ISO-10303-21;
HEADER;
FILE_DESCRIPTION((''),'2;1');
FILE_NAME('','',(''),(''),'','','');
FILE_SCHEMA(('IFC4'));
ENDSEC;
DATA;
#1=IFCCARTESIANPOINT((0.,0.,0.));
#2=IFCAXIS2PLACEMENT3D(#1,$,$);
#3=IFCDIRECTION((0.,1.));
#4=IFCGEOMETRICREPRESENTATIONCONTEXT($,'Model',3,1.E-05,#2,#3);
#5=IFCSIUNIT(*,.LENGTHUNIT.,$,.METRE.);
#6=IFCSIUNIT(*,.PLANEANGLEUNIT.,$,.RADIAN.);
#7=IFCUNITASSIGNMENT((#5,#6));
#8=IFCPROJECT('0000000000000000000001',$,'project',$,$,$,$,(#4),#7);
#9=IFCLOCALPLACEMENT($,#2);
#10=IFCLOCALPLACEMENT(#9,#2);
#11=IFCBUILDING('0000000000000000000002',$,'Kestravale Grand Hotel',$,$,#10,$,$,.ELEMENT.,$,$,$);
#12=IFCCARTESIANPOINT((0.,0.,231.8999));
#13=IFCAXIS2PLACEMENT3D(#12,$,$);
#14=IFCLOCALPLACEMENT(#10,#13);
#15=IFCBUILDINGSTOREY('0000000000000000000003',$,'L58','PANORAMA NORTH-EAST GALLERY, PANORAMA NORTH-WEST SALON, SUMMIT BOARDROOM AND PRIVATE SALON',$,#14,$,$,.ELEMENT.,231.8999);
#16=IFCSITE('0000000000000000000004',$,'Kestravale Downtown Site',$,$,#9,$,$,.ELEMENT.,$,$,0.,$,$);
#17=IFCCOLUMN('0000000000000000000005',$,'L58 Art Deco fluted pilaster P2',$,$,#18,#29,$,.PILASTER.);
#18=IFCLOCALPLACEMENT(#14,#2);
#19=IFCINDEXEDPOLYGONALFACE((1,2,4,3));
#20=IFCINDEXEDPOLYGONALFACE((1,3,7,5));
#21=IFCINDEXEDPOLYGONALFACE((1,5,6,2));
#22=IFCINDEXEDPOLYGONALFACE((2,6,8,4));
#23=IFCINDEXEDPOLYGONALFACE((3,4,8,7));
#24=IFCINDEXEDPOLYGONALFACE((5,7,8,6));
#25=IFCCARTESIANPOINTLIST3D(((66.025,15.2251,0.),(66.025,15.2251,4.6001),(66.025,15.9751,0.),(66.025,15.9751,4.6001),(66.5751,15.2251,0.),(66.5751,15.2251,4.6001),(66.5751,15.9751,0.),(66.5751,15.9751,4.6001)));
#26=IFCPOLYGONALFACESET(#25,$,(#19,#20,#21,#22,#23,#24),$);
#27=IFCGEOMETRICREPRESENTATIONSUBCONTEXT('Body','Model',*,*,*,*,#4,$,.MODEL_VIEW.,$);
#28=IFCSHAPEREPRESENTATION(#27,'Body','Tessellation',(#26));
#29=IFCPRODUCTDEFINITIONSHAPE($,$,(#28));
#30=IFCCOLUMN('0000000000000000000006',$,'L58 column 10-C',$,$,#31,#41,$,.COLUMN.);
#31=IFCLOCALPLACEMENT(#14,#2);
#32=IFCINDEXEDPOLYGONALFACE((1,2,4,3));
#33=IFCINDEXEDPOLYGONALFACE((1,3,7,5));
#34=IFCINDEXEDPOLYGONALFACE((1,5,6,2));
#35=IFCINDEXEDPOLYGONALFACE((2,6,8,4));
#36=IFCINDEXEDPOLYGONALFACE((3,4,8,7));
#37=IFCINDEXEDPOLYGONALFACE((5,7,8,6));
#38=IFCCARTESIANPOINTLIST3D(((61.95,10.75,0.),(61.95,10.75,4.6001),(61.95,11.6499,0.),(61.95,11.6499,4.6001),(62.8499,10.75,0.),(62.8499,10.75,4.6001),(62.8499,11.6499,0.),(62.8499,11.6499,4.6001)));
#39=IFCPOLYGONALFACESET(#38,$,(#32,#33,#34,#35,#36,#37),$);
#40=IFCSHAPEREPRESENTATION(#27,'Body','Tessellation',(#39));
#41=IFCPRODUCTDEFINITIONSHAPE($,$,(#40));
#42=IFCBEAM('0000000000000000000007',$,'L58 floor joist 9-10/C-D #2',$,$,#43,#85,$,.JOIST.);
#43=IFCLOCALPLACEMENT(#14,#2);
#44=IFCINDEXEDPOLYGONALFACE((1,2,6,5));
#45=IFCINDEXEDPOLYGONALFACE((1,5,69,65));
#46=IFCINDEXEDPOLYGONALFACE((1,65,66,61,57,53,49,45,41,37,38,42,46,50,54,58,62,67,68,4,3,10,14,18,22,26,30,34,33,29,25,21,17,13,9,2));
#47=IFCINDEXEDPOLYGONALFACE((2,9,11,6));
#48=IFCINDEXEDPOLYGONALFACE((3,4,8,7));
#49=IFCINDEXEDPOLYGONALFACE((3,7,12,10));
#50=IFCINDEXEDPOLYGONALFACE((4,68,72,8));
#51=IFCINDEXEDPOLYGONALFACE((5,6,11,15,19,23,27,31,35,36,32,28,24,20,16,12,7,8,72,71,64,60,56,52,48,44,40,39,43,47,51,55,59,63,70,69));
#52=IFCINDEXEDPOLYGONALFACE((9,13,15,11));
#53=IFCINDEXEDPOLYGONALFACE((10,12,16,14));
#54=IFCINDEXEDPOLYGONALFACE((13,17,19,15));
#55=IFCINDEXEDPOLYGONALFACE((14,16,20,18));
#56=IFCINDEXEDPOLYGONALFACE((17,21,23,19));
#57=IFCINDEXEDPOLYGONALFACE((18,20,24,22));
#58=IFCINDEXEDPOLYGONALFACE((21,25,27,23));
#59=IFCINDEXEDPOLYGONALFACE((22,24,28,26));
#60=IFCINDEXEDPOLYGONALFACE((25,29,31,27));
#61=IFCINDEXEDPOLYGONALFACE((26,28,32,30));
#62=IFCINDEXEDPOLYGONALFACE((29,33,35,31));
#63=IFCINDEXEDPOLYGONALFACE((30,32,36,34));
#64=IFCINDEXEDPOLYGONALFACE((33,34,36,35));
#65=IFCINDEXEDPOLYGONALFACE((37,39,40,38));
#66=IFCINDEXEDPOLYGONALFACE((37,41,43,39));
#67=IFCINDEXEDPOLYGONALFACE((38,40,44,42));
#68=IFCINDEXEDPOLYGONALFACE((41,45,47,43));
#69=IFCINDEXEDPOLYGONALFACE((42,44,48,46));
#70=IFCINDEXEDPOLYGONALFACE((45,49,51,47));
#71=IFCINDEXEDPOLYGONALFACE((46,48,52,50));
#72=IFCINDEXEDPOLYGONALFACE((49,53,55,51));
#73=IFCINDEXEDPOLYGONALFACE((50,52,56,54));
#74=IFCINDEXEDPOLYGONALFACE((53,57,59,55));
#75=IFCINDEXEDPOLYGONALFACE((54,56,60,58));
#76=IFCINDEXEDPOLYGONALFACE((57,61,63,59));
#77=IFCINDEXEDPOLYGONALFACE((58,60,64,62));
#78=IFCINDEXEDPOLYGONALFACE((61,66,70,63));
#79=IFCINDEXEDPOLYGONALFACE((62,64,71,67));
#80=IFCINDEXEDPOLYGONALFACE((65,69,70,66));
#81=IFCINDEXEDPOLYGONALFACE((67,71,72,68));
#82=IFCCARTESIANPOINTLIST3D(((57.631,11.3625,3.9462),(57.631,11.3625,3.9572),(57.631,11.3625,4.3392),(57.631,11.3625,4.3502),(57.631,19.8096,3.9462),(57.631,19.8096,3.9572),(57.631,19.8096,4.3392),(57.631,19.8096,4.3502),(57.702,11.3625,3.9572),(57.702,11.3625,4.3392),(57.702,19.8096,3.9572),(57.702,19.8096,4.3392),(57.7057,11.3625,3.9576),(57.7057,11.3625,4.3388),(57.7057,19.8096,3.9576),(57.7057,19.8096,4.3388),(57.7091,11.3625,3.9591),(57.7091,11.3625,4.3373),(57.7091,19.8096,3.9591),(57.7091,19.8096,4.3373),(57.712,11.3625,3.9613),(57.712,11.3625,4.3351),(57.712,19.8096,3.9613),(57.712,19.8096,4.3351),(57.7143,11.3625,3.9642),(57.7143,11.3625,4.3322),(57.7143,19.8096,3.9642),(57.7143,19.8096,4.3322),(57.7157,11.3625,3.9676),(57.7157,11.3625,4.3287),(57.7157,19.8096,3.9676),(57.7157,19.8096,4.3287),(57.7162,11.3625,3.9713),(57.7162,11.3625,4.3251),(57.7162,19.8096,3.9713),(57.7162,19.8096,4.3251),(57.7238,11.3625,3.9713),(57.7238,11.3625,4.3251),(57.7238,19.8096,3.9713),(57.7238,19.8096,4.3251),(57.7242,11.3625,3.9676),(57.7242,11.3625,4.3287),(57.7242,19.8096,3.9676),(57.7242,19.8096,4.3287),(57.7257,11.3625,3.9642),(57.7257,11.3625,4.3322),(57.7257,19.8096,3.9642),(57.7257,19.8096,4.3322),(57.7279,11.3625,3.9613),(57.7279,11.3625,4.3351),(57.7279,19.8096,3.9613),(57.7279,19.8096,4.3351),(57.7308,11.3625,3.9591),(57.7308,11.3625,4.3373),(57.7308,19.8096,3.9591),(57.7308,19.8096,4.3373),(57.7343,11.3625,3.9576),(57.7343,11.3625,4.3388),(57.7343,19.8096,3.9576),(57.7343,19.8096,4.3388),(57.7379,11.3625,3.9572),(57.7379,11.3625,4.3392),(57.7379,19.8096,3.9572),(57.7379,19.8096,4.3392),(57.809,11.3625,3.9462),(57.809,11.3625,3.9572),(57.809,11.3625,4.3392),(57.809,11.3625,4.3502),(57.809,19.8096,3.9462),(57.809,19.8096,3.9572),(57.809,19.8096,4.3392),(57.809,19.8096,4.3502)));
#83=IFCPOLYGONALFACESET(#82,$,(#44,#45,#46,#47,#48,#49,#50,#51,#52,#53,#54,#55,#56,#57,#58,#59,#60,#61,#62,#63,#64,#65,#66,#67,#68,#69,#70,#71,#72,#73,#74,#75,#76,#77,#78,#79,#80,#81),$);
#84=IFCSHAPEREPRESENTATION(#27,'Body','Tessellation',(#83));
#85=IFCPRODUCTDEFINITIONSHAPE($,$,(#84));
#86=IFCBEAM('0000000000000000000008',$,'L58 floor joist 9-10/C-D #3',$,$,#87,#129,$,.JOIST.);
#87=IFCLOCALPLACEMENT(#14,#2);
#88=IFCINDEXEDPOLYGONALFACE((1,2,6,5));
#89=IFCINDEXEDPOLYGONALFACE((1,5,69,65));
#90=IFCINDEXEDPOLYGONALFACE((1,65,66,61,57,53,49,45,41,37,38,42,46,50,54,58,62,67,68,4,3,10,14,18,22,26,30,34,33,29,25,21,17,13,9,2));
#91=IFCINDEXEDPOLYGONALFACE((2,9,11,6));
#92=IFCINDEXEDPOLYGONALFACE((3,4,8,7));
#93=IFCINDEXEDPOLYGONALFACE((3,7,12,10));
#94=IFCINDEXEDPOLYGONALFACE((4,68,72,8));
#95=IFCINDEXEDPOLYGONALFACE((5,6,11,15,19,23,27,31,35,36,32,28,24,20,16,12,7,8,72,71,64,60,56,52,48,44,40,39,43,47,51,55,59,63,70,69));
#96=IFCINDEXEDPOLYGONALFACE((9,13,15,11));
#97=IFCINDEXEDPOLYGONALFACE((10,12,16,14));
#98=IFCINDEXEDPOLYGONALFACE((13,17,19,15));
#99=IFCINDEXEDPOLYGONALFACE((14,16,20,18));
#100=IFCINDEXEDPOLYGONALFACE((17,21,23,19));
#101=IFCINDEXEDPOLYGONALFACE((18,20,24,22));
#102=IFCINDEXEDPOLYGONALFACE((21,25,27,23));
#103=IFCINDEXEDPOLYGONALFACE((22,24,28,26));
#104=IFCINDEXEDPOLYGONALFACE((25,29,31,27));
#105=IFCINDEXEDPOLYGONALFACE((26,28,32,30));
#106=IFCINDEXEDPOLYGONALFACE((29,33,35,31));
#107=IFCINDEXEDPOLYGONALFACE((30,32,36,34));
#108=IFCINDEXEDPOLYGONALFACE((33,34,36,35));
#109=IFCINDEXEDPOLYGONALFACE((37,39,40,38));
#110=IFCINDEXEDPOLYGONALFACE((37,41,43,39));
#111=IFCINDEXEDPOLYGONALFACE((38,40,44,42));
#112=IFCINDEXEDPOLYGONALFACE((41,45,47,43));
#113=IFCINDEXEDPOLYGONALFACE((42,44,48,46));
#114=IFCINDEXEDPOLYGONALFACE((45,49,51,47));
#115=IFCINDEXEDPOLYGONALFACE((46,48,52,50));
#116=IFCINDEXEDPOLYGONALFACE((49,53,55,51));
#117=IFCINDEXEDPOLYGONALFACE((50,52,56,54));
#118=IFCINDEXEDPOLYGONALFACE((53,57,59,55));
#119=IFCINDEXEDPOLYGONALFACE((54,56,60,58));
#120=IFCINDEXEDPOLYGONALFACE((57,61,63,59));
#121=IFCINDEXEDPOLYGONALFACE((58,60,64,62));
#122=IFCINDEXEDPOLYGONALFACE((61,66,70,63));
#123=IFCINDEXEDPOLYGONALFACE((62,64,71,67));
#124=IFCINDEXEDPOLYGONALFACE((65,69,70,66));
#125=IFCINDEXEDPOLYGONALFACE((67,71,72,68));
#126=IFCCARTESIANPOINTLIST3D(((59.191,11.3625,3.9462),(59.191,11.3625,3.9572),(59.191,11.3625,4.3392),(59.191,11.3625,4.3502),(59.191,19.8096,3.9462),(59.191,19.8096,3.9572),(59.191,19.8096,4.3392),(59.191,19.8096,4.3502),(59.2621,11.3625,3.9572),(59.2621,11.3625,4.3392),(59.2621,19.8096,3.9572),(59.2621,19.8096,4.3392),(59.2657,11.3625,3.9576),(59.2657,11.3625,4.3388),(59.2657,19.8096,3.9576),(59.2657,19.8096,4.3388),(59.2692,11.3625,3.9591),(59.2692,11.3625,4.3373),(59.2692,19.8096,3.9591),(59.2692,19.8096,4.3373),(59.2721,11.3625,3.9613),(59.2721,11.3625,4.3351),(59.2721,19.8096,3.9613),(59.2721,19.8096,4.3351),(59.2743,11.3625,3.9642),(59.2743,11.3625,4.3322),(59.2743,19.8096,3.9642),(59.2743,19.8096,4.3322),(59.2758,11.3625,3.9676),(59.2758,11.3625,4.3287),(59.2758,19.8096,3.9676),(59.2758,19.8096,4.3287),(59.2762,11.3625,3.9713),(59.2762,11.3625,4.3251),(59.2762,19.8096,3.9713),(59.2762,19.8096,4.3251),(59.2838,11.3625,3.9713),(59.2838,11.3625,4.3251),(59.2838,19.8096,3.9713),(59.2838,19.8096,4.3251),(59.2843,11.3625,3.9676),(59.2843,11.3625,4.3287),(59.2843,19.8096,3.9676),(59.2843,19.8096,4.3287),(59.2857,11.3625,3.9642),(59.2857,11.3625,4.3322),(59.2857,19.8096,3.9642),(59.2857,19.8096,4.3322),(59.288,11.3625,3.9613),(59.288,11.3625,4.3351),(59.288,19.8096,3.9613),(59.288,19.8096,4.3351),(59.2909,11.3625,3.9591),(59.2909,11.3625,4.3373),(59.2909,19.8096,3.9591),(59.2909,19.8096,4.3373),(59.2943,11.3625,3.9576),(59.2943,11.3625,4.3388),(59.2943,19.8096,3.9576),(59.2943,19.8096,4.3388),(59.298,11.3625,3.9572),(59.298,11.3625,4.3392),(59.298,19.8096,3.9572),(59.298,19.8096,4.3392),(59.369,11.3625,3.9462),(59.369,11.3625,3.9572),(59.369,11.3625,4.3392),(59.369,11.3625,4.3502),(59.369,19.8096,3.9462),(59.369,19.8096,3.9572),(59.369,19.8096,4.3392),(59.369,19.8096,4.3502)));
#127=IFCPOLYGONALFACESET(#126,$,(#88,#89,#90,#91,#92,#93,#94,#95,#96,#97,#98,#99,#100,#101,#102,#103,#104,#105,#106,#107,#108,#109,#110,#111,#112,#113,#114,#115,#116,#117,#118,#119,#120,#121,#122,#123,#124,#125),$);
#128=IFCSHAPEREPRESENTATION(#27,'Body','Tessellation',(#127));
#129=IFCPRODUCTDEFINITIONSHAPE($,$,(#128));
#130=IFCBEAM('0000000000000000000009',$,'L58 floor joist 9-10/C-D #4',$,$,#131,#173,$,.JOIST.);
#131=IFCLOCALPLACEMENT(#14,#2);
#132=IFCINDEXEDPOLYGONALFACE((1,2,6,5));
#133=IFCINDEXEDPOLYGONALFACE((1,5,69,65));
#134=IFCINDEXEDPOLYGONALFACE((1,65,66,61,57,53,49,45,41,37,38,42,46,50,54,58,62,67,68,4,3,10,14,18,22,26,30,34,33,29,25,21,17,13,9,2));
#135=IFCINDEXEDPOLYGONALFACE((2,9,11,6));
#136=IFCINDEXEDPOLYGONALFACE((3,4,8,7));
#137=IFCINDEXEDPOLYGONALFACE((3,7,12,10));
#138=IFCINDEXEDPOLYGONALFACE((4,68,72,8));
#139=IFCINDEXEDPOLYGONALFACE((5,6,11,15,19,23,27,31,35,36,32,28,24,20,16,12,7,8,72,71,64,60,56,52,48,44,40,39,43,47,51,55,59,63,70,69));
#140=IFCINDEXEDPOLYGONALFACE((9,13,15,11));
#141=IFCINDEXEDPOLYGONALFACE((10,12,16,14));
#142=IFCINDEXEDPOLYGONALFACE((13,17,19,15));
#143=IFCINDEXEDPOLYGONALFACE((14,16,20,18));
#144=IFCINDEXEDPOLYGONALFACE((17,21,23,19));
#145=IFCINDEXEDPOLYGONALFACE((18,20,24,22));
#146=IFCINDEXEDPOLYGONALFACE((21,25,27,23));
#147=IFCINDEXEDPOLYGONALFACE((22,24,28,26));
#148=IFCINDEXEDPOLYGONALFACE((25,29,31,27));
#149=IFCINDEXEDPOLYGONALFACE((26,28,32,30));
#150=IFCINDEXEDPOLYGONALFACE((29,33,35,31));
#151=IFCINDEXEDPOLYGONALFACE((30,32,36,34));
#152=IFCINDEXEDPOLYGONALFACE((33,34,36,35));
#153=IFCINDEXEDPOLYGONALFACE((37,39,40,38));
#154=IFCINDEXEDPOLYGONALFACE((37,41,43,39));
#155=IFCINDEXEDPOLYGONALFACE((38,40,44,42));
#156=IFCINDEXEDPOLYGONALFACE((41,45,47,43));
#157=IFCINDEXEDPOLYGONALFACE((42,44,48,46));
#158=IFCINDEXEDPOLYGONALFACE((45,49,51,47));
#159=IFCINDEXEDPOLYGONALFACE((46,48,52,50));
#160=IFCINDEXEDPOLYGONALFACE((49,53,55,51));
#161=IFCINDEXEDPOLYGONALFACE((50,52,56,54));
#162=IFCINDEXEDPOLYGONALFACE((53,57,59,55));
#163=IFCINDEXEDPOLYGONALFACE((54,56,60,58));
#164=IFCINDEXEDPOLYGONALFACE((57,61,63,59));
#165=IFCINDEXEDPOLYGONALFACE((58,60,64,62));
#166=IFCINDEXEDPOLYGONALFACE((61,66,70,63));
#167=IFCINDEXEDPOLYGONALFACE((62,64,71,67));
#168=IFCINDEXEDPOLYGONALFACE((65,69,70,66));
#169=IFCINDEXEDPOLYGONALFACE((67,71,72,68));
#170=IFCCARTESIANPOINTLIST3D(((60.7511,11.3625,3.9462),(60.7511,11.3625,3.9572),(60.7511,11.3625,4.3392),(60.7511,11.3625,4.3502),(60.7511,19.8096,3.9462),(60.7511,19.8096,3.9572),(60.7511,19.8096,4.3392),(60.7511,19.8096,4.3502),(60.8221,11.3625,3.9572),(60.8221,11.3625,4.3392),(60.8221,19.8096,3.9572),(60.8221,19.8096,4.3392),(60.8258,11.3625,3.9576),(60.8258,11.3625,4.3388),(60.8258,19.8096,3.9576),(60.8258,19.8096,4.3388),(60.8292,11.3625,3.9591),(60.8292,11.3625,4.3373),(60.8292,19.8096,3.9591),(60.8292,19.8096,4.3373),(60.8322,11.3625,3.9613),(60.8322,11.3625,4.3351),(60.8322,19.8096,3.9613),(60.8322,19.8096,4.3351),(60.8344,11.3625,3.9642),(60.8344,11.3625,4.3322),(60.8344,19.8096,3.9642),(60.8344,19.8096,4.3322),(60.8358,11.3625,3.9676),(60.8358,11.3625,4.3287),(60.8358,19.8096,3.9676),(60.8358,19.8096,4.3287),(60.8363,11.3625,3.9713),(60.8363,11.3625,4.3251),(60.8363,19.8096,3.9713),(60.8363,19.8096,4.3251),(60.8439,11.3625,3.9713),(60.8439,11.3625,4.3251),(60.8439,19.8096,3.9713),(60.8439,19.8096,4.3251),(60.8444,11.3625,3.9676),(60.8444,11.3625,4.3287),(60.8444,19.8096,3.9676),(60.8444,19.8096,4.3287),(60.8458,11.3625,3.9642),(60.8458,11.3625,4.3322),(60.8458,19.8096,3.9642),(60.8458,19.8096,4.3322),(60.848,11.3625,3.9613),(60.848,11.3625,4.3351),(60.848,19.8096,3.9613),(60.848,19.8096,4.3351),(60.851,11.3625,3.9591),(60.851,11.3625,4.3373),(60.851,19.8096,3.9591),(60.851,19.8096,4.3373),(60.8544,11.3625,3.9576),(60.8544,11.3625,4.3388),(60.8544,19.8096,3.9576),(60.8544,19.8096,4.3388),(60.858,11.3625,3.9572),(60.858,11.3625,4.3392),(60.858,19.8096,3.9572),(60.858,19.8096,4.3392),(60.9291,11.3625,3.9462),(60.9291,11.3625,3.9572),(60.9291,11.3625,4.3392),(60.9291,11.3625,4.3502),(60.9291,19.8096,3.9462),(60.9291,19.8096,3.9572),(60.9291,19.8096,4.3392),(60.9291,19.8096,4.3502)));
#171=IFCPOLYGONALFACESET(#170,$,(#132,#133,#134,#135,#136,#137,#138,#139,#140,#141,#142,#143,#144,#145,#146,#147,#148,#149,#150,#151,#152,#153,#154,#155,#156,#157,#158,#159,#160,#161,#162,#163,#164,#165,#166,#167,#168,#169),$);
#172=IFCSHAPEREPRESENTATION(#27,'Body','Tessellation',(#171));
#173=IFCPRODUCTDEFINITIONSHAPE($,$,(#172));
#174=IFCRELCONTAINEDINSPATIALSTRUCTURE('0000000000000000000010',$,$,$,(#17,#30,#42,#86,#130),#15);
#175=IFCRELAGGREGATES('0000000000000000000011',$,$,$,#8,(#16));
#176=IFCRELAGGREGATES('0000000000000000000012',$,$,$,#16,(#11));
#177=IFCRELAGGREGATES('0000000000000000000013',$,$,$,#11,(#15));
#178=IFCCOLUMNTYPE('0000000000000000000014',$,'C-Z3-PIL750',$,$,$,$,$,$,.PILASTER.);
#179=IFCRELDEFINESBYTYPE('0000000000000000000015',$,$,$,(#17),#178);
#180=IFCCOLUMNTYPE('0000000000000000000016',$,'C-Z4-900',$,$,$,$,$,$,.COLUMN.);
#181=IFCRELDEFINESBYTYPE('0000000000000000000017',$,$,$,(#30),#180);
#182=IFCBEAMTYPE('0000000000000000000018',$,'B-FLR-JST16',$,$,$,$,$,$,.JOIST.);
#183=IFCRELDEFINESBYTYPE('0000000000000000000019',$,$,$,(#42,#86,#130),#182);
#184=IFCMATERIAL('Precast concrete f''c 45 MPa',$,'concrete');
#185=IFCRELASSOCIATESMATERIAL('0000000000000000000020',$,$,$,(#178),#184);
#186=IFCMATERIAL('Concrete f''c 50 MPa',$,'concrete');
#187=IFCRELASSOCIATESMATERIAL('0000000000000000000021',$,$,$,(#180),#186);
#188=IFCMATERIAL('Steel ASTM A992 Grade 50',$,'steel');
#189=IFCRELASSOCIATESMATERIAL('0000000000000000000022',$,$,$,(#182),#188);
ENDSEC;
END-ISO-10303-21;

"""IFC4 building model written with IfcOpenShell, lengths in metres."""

from ifc_helpers import new_model, si_unit, direction, frame, origin, origin_2d, place, context, subcontext, project, spatial, rectangle, i_section, extrude, material, material_profile, profile_set, type_object, element, save


model = new_model("IFC4")

# Units and contexts
model_context = context("Model", 3, precision=1e-05, world=origin(), true_north=direction((0.0, 1.0)))
body_context = subcontext(model_context, "Body", "Model", "MODEL_VIEW")
ifc_project = project(units=[si_unit("LENGTHUNIT", "METRE"), si_unit("PLANEANGLEUNIT", "RADIAN")], contexts=[model_context])

# Site, building, storey
site_placement = place(None, origin())
site = spatial("IfcSite", under=ifc_project, at=site_placement, Name="Kestravale Downtown Site", CompositionType="ELEMENT", RefElevation=0.0)
building_placement = place(site_placement, origin())
building = spatial("IfcBuilding", under=site, at=building_placement, Name="Kestravale Grand Hotel", CompositionType="ELEMENT")
storey_placement = place(building_placement, frame((0.0, 0.0, 231.8999)))
storey = spatial("IfcBuildingStorey", under=building, at=storey_placement, Name="L58", Description="PANORAMA NORTH-EAST GALLERY, PANORAMA NORTH-WEST SALON, SUMMIT BOARDROOM AND PRIVATE SALON", CompositionType="ELEMENT", Elevation=231.8999)

# Columns
ifc_material_1 = material(Name="Precast concrete f'c 45 MPa", Category="concrete")
ifc_material_profile_1 = material_profile(ifc_material_1, rectangle(XDim=0.55, YDim=0.75, at=origin_2d()))
ifc_profile_set_1 = profile_set([ifc_material_profile_1], Name="Precast concrete f'c 45 MPa")
column_type_1 = type_object("IfcColumnType", Name="C-Z3-PIL750", PredefinedType="PILASTER", material=ifc_profile_set_1)
column_1_placement = place(storey_placement, frame((66.3, 15.6001, 0.0), z_axis=(0.0, 0.0, 1.0), x_axis=(1.0, 0.0, 0.0)))
element("IfcColumn", 1, at=column_1_placement, inside=storey, type_object=column_type_1, Name="L58 Art Deco fluted pilaster P2", PredefinedType="PILASTER", context=body_context, shape_type="SweptSolid", body=[
    extrude(rectangle(XDim=0.55, YDim=0.75, at=origin_2d()), origin(), (0.0, 0.0, 1.0), 4.6001),
])
ifc_material_2 = material(Name="Concrete f'c 50 MPa", Category="concrete")
ifc_material_profile_2 = material_profile(ifc_material_2, rectangle(XDim=0.8999, YDim=0.8999, at=origin_2d()))
ifc_profile_set_2 = profile_set([ifc_material_profile_2], Name="Concrete f'c 50 MPa")
column_type_2 = type_object("IfcColumnType", Name="C-Z4-900", PredefinedType="COLUMN", material=ifc_profile_set_2)
column_2_placement = place(storey_placement, frame((62.3999, 11.2, 0.0), z_axis=(0.0, 0.0, 1.0), x_axis=(1.0, 0.0, 0.0)))
element("IfcColumn", 2, at=column_2_placement, inside=storey, type_object=column_type_2, Name="L58 column 10-C", PredefinedType="COLUMN", context=body_context, shape_type="SweptSolid", body=[
    extrude(rectangle(XDim=0.8999, YDim=0.8999, at=origin_2d()), origin(), (0.0, 0.0, 1.0), 4.6001),
])

# Beams
ifc_material_3 = material(Name="Steel ASTM A992 Grade 50", Category="steel")
ifc_material_profile_3 = material_profile(ifc_material_3, i_section(OverallWidth=0.178, OverallDepth=0.4041, WebThickness=0.0076, FlangeThickness=0.011, FilletRadius=0.0142, at=origin_2d()))
ifc_profile_set_3 = profile_set([ifc_material_profile_3], Name="Steel ASTM A992 Grade 50")
beam_type_1 = type_object("IfcBeamType", Name="B-FLR-JST16", PredefinedType="JOIST", material=ifc_profile_set_3)
for number, where, z_axis, x_axis, name in (
    (3, (57.72, 11.3625, 4.1482), (0.0, 1.0, 0.0), (-1.0, 0.0, 0.0), "L58 floor joist 9-10/C-D #2"),
    (4, (59.28, 11.3625, 4.1482), (0.0, 1.0, 0.0), (-1.0, 0.0, 0.0), "L58 floor joist 9-10/C-D #3"),
    (5, (60.8401, 11.3625, 4.1482), (0.0, 1.0, 0.0), (-1.0, 0.0, 0.0), "L58 floor joist 9-10/C-D #4"),
):
    element("IfcBeam", number, at=place(storey_placement, frame(where, z_axis=z_axis, x_axis=x_axis)), inside=storey, type_object=beam_type_1, Name=name, PredefinedType="JOIST", context=body_context, shape_type="SweptSolid", body=[
        extrude(i_section(OverallWidth=0.178, OverallDepth=0.4041, WebThickness=0.0076, FlangeThickness=0.011, FilletRadius=0.0142, at=origin_2d()), origin(), (0.0, 0.0, 1.0), 8.447),
    ])

save(model, "model.ifc")
